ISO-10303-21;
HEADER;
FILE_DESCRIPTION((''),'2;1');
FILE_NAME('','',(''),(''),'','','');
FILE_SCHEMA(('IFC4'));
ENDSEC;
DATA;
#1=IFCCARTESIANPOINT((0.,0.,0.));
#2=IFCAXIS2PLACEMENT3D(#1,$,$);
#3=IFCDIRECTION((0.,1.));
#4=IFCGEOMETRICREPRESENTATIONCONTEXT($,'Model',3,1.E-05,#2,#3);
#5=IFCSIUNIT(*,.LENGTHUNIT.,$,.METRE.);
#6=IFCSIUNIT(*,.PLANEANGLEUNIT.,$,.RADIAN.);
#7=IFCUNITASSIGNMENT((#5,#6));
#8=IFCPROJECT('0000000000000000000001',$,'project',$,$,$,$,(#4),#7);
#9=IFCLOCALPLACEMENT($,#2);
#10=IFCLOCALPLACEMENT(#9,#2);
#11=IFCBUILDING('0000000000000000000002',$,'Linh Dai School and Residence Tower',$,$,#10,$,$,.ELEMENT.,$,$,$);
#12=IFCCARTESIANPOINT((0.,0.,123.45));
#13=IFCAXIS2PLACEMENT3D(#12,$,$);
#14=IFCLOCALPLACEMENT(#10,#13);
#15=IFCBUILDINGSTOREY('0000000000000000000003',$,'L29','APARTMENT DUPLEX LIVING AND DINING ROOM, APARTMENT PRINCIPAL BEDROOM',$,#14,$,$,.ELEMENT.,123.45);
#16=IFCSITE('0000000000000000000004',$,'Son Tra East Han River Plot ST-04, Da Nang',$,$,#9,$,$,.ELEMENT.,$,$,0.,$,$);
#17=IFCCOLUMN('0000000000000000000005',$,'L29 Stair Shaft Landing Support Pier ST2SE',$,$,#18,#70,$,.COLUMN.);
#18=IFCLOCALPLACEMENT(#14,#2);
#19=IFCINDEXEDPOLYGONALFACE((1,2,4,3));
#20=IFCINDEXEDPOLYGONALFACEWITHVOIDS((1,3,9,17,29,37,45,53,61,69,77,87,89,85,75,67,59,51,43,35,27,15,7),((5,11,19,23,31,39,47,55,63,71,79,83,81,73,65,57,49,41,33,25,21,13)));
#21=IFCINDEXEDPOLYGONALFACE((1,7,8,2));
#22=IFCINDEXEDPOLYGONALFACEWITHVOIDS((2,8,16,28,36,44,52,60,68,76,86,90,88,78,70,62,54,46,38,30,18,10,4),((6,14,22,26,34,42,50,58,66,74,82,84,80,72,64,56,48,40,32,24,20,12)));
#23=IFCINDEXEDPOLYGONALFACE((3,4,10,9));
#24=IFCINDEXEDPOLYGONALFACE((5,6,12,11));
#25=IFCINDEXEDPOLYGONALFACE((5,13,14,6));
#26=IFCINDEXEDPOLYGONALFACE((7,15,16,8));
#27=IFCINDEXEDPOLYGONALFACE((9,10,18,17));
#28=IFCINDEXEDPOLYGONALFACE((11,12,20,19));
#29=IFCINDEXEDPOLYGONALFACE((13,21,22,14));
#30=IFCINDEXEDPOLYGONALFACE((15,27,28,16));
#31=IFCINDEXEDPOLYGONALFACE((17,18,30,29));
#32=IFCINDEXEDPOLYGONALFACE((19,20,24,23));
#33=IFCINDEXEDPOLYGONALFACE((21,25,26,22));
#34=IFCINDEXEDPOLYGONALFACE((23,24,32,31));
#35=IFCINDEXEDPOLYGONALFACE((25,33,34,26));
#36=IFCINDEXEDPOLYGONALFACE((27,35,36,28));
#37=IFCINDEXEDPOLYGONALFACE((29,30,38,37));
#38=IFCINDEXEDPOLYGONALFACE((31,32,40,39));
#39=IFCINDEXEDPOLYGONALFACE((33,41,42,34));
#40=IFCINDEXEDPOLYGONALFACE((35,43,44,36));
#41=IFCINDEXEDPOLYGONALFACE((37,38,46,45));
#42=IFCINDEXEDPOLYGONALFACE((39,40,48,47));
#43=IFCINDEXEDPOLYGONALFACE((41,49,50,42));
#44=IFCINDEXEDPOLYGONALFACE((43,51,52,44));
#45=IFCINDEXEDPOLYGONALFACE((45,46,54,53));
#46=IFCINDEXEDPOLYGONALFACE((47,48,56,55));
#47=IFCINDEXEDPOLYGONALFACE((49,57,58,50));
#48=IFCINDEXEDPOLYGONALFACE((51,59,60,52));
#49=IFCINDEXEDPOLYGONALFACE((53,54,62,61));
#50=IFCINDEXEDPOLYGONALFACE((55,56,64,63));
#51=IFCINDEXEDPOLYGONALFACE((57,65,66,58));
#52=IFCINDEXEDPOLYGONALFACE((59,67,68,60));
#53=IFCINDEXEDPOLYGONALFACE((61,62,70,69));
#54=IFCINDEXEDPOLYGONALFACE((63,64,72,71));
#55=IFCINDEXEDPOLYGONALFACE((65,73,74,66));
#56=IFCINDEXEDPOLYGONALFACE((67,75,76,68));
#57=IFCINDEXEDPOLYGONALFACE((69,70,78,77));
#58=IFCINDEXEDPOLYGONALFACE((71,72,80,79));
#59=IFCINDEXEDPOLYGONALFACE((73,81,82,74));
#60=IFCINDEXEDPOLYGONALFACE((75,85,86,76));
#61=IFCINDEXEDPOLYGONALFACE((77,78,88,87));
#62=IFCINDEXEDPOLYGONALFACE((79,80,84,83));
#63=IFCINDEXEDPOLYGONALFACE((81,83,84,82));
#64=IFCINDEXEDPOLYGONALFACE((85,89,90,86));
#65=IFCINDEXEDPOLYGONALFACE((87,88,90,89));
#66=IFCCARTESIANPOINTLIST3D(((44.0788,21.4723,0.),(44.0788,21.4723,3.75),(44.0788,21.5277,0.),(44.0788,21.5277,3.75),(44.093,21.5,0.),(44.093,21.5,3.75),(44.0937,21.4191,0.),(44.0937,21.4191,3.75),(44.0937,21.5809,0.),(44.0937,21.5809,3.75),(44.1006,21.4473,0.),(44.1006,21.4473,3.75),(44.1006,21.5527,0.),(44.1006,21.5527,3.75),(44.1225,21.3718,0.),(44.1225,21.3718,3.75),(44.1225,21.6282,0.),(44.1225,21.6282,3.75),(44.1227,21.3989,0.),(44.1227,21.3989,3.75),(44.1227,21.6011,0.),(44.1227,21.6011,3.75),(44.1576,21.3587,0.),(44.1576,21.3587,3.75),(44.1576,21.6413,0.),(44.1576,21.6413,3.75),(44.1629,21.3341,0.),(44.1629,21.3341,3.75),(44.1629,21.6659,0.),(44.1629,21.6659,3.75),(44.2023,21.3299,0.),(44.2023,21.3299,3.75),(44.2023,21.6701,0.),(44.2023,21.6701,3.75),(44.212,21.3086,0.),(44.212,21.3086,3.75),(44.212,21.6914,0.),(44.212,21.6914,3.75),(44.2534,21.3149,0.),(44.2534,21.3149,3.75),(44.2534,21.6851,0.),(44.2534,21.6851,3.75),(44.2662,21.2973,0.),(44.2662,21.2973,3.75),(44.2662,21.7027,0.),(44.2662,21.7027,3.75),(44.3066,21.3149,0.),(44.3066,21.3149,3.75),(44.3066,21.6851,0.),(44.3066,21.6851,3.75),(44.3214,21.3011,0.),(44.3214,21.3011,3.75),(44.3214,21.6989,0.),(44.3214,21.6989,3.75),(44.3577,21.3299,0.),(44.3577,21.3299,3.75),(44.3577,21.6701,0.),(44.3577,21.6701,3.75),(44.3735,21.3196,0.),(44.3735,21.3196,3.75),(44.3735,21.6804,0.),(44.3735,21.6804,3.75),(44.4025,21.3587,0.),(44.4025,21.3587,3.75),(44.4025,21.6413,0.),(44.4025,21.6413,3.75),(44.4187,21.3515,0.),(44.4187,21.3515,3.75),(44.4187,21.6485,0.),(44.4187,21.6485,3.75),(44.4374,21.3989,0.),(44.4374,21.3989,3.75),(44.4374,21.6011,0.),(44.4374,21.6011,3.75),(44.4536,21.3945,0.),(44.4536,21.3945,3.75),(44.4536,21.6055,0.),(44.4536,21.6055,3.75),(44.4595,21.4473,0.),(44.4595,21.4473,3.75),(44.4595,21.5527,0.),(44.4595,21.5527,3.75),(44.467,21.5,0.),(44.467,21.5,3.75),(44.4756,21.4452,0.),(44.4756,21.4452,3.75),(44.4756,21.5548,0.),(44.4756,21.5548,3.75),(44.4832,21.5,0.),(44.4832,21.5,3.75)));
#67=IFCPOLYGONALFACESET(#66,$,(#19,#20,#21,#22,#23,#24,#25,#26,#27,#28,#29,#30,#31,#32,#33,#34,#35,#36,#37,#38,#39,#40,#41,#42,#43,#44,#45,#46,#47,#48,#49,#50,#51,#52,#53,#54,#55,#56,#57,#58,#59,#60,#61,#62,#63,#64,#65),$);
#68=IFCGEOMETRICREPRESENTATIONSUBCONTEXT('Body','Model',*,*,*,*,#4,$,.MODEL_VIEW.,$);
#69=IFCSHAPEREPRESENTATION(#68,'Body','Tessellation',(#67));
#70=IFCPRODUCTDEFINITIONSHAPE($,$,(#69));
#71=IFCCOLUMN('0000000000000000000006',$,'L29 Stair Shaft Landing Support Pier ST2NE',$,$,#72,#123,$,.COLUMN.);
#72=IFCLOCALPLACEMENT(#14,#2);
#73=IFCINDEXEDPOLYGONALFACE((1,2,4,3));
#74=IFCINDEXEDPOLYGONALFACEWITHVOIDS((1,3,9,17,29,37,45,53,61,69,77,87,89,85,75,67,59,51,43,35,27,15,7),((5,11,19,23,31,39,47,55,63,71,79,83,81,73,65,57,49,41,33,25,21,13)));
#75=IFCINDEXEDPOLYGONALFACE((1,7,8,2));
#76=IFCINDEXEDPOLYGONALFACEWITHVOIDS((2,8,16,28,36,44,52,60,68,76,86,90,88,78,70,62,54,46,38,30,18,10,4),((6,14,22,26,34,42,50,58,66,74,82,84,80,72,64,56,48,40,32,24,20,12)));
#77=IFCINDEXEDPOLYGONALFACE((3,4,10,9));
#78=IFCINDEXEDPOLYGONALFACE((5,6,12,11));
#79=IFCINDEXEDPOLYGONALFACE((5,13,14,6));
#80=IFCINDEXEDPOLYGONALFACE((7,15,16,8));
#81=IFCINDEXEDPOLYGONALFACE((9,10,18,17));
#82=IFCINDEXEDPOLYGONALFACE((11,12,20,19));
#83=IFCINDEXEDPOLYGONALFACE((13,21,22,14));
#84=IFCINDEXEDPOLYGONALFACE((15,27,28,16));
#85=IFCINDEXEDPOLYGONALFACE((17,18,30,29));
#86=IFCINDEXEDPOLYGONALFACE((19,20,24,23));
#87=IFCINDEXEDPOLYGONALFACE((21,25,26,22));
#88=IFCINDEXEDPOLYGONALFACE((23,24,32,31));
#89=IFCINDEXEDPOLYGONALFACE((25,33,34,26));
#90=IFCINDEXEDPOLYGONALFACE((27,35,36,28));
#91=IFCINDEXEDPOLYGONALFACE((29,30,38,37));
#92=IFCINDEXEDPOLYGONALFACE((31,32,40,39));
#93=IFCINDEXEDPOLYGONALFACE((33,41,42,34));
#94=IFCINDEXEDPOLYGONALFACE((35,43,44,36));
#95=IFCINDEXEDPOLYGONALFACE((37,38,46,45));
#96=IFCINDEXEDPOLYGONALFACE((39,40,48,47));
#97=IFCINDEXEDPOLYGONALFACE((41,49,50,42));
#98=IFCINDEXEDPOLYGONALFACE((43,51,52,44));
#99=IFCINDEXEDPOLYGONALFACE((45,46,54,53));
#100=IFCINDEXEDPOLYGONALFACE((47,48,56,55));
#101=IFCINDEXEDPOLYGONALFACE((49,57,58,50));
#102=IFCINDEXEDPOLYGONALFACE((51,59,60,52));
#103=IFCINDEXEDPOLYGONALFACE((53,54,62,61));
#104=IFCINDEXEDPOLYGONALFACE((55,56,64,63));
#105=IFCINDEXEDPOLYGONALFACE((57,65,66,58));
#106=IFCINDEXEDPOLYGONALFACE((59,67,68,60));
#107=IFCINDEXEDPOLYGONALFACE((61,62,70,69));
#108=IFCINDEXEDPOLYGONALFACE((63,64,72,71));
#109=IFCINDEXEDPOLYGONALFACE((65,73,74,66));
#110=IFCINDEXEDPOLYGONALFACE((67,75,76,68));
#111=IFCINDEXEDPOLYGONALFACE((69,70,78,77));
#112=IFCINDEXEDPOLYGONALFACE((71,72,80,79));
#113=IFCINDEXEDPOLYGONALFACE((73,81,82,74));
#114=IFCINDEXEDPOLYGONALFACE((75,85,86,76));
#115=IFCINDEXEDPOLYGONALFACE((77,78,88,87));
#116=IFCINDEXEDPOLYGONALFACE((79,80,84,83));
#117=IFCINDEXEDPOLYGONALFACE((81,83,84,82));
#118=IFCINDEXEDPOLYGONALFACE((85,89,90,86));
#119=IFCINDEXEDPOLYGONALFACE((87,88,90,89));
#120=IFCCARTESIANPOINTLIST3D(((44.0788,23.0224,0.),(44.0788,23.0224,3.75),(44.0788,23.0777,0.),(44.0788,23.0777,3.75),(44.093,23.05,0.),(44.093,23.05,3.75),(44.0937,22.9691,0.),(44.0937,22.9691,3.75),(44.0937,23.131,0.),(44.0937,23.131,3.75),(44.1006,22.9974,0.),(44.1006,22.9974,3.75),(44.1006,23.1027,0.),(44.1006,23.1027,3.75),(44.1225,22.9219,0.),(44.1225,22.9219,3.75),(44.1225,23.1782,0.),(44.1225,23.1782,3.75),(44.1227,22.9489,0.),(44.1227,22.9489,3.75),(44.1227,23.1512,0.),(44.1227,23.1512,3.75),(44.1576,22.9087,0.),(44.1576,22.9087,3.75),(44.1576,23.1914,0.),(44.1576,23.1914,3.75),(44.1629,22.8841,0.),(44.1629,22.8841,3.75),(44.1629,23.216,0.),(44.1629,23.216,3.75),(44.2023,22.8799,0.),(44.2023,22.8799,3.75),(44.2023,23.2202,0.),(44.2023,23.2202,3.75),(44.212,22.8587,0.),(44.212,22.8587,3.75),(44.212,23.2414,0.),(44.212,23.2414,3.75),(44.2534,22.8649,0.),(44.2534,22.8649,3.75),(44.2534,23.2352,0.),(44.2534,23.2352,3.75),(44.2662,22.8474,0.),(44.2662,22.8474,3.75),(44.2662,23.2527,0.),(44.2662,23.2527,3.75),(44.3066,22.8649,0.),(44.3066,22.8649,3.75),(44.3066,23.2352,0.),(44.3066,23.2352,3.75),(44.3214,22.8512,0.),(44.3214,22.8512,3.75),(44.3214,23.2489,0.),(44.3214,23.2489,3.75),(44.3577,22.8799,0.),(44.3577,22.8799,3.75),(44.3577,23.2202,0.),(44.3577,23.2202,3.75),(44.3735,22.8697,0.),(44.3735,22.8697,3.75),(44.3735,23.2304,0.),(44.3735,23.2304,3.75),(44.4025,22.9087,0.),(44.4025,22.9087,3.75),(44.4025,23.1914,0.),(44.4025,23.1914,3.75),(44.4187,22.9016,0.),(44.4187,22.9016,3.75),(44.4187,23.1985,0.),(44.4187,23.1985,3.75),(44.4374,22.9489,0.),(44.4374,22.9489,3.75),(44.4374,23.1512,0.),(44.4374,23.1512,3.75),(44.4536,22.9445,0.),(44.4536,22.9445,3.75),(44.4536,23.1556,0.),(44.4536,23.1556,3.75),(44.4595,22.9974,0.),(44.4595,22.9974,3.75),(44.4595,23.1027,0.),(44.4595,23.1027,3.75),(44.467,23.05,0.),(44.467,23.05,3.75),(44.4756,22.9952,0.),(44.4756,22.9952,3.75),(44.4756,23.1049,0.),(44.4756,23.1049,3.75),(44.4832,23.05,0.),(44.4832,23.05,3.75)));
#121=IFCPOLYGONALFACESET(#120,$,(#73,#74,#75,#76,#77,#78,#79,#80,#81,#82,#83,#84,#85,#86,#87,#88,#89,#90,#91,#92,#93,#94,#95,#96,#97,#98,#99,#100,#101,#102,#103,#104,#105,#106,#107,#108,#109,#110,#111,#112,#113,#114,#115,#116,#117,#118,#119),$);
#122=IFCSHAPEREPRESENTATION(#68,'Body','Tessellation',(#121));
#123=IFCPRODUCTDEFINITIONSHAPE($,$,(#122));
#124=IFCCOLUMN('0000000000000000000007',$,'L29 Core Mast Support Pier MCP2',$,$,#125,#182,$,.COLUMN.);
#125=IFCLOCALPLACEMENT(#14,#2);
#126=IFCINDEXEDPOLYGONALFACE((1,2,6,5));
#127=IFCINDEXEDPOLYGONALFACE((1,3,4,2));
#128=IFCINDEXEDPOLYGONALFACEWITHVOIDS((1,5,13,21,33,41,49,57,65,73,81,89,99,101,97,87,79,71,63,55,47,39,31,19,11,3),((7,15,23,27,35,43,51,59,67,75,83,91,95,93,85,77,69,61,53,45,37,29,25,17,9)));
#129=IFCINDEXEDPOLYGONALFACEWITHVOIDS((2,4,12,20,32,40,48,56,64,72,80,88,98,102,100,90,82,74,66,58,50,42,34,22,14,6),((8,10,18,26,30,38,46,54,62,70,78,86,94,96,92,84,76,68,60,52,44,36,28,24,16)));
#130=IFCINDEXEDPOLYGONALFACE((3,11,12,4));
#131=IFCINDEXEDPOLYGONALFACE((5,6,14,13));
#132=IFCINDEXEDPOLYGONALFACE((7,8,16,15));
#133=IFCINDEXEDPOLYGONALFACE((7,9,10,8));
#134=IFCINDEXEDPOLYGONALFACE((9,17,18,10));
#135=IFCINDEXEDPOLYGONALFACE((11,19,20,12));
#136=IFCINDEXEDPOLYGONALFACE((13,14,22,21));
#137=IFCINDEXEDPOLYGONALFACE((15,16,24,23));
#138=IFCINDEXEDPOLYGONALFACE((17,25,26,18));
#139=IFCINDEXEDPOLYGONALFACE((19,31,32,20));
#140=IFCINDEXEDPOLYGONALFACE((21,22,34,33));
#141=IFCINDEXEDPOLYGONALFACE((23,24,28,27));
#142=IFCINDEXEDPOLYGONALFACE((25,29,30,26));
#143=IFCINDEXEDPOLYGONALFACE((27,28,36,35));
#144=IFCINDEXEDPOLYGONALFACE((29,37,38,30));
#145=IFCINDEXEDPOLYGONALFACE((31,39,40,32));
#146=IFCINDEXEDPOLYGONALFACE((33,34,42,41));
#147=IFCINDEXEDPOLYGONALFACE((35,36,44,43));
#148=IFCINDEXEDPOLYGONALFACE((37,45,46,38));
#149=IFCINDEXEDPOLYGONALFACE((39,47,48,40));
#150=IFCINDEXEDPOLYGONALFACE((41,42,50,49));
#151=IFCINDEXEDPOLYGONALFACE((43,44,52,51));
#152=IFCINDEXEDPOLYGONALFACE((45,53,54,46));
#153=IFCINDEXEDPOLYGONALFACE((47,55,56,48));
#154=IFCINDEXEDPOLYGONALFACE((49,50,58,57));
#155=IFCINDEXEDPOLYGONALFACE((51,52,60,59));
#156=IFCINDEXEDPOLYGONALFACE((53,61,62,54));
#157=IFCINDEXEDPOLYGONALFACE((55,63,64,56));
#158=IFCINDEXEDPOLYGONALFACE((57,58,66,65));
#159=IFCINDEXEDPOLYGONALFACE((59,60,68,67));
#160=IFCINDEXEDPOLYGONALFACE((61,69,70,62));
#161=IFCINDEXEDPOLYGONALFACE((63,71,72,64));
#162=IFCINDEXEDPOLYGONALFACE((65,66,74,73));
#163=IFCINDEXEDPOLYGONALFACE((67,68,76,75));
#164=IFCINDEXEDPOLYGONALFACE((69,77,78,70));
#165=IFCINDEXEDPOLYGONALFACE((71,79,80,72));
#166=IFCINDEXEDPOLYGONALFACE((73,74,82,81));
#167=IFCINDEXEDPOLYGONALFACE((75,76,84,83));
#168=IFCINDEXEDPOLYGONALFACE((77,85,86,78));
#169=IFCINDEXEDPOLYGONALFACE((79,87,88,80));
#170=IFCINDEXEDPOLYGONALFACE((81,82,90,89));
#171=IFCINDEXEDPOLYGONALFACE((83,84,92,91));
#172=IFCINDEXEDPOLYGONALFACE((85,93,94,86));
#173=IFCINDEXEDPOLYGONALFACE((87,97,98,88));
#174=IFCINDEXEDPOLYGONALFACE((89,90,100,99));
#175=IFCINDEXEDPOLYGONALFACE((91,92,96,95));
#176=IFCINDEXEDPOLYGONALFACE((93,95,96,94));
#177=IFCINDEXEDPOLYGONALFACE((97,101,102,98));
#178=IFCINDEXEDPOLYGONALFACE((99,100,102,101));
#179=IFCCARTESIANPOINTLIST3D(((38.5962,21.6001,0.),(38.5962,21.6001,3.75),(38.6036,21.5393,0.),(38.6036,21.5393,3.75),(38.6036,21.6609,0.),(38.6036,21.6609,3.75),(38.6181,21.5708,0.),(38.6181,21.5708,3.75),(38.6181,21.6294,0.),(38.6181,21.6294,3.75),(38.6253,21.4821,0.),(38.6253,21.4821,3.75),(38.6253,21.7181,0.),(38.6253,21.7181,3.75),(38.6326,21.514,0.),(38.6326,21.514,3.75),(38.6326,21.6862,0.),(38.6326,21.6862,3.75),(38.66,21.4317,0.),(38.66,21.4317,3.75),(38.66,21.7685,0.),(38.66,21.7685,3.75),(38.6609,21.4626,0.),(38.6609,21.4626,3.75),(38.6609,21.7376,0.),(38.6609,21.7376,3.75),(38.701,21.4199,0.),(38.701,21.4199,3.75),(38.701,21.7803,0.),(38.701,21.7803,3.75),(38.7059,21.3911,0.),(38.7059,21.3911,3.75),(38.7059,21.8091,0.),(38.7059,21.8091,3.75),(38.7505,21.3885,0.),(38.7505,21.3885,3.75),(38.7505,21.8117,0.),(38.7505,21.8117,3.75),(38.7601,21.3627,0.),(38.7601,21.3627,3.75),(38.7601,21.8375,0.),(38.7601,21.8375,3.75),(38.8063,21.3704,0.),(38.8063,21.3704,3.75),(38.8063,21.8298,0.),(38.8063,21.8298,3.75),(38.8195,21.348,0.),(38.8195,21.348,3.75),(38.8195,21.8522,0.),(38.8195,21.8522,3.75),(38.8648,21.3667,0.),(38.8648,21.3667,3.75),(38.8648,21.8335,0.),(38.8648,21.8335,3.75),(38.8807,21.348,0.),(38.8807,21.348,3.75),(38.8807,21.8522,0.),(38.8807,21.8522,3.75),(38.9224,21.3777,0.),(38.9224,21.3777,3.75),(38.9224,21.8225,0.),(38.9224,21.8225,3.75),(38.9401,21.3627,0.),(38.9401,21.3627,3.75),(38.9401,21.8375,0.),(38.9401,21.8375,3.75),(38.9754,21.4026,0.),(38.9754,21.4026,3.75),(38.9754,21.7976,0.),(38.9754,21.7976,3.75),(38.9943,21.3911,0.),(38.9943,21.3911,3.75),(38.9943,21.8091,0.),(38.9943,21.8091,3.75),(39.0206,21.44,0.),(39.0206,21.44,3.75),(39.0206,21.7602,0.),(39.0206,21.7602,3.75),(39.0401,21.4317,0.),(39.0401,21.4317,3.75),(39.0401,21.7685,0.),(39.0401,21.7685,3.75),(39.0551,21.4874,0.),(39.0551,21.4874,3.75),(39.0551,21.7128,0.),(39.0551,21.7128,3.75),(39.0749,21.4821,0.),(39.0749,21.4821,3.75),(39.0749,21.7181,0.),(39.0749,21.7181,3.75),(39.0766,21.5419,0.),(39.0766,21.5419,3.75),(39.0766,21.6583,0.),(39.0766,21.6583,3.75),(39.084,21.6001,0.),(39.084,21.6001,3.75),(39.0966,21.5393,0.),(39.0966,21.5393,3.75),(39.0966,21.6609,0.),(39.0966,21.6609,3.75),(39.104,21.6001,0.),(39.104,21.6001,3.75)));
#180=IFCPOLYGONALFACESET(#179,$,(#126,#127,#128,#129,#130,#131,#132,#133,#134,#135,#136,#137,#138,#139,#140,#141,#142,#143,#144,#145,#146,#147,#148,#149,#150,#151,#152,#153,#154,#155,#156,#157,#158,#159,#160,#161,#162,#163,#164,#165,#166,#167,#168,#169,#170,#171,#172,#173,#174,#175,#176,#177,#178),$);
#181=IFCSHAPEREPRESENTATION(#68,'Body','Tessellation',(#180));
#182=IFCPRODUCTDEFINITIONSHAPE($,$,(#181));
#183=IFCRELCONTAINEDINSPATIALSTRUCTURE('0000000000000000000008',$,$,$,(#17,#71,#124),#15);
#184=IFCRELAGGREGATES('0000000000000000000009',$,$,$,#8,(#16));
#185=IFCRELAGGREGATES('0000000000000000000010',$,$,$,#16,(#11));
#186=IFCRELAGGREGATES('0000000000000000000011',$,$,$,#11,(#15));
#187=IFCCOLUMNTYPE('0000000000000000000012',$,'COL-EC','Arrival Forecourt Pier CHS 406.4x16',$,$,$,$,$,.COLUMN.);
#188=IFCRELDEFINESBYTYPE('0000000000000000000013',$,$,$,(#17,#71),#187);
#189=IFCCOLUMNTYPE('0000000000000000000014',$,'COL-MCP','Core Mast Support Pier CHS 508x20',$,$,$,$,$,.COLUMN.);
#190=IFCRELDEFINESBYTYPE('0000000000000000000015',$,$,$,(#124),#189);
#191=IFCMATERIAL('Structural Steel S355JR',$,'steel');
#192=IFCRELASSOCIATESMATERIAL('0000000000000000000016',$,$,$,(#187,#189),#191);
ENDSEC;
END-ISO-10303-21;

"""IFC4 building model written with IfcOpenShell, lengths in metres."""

from ifc_helpers import new_model, si_unit, direction, frame, origin, origin_2d, place, context, subcontext, project, spatial, hollow_circle, extrude, material, material_profile, profile_set, type_object, element, save


model = new_model("IFC4")

# Units and contexts
model_context = context("Model", 3, precision=1e-05, world=origin(), true_north=direction((0.0, 1.0)))
body_context = subcontext(model_context, "Body", "Model", "MODEL_VIEW")
ifc_project = project(units=[si_unit("LENGTHUNIT", "METRE"), si_unit("PLANEANGLEUNIT", "RADIAN")], contexts=[model_context])

# Site, building, storey
site_placement = place(None, origin())
site = spatial("IfcSite", under=ifc_project, at=site_placement, Name="Son Tra East Han River Plot ST-04, Da Nang", CompositionType="ELEMENT", RefElevation=0.0)
building_placement = place(site_placement, origin())
building = spatial("IfcBuilding", under=site, at=building_placement, Name="Linh Dai School and Residence Tower", CompositionType="ELEMENT")
storey_placement = place(building_placement, frame((0.0, 0.0, 123.45)))
storey = spatial("IfcBuildingStorey", under=building, at=storey_placement, Name="L29", Description="APARTMENT DUPLEX LIVING AND DINING ROOM, APARTMENT PRINCIPAL BEDROOM", CompositionType="ELEMENT", Elevation=123.45)

# Columns
ifc_material_1 = material(Name="Structural Steel S355JR", Category="steel")
ifc_material_profile_1 = material_profile(ifc_material_1, hollow_circle(Radius=0.2031, WallThickness=0.0161, at=origin_2d()), Name="CHS 406.4x16")
ifc_profile_set_1 = profile_set([ifc_material_profile_1], Name="Structural Steel S355JR")
column_type_1 = type_object("IfcColumnType", Name="COL-EC", Description="Arrival Forecourt Pier CHS 406.4x16", PredefinedType="COLUMN", material=ifc_profile_set_1)
for number, where, z_axis, x_axis, name in (
    (1, (44.28, 21.5, 0.0), (0.0, 0.0, 1.0), (1.0, 0.0, 0.0), "L29 Stair Shaft Landing Support Pier ST2SE"),
    (2, (44.28, 23.05, 0.0), (0.0, 0.0, 1.0), (1.0, 0.0, 0.0), "L29 Stair Shaft Landing Support Pier ST2NE"),
):
    element("IfcColumn", number, at=place(storey_placement, frame(where, z_axis=z_axis, x_axis=x_axis)), inside=storey, type_object=column_type_1, Name=name, PredefinedType="COLUMN", context=body_context, shape_type="SweptSolid", body=[
        extrude(hollow_circle(Radius=0.2031, WallThickness=0.0161, at=origin_2d()), origin(), (0.0, 0.0, 1.0), 3.75),
    ])
ifc_material_profile_2 = material_profile(ifc_material_1, hollow_circle(Radius=0.2539, WallThickness=0.02, at=origin_2d()), Name="CHS 508x20")
ifc_profile_set_2 = profile_set([ifc_material_profile_2], Name="Structural Steel S355JR")
column_type_2 = type_object("IfcColumnType", Name="COL-MCP", Description="Core Mast Support Pier CHS 508x20", PredefinedType="COLUMN", material=ifc_profile_set_2)
column_placement = place(storey_placement, frame((38.8501, 21.6001, 0.0), z_axis=(0.0, 0.0, 1.0), x_axis=(1.0, 0.0, 0.0)))
element("IfcColumn", 3, at=column_placement, inside=storey, type_object=column_type_2, Name="L29 Core Mast Support Pier MCP2", PredefinedType="COLUMN", context=body_context, shape_type="SweptSolid", body=[
    extrude(hollow_circle(Radius=0.2539, WallThickness=0.02, at=origin_2d()), origin(), (0.0, 0.0, 1.0), 3.75),
])

save(model, "model.ifc")
